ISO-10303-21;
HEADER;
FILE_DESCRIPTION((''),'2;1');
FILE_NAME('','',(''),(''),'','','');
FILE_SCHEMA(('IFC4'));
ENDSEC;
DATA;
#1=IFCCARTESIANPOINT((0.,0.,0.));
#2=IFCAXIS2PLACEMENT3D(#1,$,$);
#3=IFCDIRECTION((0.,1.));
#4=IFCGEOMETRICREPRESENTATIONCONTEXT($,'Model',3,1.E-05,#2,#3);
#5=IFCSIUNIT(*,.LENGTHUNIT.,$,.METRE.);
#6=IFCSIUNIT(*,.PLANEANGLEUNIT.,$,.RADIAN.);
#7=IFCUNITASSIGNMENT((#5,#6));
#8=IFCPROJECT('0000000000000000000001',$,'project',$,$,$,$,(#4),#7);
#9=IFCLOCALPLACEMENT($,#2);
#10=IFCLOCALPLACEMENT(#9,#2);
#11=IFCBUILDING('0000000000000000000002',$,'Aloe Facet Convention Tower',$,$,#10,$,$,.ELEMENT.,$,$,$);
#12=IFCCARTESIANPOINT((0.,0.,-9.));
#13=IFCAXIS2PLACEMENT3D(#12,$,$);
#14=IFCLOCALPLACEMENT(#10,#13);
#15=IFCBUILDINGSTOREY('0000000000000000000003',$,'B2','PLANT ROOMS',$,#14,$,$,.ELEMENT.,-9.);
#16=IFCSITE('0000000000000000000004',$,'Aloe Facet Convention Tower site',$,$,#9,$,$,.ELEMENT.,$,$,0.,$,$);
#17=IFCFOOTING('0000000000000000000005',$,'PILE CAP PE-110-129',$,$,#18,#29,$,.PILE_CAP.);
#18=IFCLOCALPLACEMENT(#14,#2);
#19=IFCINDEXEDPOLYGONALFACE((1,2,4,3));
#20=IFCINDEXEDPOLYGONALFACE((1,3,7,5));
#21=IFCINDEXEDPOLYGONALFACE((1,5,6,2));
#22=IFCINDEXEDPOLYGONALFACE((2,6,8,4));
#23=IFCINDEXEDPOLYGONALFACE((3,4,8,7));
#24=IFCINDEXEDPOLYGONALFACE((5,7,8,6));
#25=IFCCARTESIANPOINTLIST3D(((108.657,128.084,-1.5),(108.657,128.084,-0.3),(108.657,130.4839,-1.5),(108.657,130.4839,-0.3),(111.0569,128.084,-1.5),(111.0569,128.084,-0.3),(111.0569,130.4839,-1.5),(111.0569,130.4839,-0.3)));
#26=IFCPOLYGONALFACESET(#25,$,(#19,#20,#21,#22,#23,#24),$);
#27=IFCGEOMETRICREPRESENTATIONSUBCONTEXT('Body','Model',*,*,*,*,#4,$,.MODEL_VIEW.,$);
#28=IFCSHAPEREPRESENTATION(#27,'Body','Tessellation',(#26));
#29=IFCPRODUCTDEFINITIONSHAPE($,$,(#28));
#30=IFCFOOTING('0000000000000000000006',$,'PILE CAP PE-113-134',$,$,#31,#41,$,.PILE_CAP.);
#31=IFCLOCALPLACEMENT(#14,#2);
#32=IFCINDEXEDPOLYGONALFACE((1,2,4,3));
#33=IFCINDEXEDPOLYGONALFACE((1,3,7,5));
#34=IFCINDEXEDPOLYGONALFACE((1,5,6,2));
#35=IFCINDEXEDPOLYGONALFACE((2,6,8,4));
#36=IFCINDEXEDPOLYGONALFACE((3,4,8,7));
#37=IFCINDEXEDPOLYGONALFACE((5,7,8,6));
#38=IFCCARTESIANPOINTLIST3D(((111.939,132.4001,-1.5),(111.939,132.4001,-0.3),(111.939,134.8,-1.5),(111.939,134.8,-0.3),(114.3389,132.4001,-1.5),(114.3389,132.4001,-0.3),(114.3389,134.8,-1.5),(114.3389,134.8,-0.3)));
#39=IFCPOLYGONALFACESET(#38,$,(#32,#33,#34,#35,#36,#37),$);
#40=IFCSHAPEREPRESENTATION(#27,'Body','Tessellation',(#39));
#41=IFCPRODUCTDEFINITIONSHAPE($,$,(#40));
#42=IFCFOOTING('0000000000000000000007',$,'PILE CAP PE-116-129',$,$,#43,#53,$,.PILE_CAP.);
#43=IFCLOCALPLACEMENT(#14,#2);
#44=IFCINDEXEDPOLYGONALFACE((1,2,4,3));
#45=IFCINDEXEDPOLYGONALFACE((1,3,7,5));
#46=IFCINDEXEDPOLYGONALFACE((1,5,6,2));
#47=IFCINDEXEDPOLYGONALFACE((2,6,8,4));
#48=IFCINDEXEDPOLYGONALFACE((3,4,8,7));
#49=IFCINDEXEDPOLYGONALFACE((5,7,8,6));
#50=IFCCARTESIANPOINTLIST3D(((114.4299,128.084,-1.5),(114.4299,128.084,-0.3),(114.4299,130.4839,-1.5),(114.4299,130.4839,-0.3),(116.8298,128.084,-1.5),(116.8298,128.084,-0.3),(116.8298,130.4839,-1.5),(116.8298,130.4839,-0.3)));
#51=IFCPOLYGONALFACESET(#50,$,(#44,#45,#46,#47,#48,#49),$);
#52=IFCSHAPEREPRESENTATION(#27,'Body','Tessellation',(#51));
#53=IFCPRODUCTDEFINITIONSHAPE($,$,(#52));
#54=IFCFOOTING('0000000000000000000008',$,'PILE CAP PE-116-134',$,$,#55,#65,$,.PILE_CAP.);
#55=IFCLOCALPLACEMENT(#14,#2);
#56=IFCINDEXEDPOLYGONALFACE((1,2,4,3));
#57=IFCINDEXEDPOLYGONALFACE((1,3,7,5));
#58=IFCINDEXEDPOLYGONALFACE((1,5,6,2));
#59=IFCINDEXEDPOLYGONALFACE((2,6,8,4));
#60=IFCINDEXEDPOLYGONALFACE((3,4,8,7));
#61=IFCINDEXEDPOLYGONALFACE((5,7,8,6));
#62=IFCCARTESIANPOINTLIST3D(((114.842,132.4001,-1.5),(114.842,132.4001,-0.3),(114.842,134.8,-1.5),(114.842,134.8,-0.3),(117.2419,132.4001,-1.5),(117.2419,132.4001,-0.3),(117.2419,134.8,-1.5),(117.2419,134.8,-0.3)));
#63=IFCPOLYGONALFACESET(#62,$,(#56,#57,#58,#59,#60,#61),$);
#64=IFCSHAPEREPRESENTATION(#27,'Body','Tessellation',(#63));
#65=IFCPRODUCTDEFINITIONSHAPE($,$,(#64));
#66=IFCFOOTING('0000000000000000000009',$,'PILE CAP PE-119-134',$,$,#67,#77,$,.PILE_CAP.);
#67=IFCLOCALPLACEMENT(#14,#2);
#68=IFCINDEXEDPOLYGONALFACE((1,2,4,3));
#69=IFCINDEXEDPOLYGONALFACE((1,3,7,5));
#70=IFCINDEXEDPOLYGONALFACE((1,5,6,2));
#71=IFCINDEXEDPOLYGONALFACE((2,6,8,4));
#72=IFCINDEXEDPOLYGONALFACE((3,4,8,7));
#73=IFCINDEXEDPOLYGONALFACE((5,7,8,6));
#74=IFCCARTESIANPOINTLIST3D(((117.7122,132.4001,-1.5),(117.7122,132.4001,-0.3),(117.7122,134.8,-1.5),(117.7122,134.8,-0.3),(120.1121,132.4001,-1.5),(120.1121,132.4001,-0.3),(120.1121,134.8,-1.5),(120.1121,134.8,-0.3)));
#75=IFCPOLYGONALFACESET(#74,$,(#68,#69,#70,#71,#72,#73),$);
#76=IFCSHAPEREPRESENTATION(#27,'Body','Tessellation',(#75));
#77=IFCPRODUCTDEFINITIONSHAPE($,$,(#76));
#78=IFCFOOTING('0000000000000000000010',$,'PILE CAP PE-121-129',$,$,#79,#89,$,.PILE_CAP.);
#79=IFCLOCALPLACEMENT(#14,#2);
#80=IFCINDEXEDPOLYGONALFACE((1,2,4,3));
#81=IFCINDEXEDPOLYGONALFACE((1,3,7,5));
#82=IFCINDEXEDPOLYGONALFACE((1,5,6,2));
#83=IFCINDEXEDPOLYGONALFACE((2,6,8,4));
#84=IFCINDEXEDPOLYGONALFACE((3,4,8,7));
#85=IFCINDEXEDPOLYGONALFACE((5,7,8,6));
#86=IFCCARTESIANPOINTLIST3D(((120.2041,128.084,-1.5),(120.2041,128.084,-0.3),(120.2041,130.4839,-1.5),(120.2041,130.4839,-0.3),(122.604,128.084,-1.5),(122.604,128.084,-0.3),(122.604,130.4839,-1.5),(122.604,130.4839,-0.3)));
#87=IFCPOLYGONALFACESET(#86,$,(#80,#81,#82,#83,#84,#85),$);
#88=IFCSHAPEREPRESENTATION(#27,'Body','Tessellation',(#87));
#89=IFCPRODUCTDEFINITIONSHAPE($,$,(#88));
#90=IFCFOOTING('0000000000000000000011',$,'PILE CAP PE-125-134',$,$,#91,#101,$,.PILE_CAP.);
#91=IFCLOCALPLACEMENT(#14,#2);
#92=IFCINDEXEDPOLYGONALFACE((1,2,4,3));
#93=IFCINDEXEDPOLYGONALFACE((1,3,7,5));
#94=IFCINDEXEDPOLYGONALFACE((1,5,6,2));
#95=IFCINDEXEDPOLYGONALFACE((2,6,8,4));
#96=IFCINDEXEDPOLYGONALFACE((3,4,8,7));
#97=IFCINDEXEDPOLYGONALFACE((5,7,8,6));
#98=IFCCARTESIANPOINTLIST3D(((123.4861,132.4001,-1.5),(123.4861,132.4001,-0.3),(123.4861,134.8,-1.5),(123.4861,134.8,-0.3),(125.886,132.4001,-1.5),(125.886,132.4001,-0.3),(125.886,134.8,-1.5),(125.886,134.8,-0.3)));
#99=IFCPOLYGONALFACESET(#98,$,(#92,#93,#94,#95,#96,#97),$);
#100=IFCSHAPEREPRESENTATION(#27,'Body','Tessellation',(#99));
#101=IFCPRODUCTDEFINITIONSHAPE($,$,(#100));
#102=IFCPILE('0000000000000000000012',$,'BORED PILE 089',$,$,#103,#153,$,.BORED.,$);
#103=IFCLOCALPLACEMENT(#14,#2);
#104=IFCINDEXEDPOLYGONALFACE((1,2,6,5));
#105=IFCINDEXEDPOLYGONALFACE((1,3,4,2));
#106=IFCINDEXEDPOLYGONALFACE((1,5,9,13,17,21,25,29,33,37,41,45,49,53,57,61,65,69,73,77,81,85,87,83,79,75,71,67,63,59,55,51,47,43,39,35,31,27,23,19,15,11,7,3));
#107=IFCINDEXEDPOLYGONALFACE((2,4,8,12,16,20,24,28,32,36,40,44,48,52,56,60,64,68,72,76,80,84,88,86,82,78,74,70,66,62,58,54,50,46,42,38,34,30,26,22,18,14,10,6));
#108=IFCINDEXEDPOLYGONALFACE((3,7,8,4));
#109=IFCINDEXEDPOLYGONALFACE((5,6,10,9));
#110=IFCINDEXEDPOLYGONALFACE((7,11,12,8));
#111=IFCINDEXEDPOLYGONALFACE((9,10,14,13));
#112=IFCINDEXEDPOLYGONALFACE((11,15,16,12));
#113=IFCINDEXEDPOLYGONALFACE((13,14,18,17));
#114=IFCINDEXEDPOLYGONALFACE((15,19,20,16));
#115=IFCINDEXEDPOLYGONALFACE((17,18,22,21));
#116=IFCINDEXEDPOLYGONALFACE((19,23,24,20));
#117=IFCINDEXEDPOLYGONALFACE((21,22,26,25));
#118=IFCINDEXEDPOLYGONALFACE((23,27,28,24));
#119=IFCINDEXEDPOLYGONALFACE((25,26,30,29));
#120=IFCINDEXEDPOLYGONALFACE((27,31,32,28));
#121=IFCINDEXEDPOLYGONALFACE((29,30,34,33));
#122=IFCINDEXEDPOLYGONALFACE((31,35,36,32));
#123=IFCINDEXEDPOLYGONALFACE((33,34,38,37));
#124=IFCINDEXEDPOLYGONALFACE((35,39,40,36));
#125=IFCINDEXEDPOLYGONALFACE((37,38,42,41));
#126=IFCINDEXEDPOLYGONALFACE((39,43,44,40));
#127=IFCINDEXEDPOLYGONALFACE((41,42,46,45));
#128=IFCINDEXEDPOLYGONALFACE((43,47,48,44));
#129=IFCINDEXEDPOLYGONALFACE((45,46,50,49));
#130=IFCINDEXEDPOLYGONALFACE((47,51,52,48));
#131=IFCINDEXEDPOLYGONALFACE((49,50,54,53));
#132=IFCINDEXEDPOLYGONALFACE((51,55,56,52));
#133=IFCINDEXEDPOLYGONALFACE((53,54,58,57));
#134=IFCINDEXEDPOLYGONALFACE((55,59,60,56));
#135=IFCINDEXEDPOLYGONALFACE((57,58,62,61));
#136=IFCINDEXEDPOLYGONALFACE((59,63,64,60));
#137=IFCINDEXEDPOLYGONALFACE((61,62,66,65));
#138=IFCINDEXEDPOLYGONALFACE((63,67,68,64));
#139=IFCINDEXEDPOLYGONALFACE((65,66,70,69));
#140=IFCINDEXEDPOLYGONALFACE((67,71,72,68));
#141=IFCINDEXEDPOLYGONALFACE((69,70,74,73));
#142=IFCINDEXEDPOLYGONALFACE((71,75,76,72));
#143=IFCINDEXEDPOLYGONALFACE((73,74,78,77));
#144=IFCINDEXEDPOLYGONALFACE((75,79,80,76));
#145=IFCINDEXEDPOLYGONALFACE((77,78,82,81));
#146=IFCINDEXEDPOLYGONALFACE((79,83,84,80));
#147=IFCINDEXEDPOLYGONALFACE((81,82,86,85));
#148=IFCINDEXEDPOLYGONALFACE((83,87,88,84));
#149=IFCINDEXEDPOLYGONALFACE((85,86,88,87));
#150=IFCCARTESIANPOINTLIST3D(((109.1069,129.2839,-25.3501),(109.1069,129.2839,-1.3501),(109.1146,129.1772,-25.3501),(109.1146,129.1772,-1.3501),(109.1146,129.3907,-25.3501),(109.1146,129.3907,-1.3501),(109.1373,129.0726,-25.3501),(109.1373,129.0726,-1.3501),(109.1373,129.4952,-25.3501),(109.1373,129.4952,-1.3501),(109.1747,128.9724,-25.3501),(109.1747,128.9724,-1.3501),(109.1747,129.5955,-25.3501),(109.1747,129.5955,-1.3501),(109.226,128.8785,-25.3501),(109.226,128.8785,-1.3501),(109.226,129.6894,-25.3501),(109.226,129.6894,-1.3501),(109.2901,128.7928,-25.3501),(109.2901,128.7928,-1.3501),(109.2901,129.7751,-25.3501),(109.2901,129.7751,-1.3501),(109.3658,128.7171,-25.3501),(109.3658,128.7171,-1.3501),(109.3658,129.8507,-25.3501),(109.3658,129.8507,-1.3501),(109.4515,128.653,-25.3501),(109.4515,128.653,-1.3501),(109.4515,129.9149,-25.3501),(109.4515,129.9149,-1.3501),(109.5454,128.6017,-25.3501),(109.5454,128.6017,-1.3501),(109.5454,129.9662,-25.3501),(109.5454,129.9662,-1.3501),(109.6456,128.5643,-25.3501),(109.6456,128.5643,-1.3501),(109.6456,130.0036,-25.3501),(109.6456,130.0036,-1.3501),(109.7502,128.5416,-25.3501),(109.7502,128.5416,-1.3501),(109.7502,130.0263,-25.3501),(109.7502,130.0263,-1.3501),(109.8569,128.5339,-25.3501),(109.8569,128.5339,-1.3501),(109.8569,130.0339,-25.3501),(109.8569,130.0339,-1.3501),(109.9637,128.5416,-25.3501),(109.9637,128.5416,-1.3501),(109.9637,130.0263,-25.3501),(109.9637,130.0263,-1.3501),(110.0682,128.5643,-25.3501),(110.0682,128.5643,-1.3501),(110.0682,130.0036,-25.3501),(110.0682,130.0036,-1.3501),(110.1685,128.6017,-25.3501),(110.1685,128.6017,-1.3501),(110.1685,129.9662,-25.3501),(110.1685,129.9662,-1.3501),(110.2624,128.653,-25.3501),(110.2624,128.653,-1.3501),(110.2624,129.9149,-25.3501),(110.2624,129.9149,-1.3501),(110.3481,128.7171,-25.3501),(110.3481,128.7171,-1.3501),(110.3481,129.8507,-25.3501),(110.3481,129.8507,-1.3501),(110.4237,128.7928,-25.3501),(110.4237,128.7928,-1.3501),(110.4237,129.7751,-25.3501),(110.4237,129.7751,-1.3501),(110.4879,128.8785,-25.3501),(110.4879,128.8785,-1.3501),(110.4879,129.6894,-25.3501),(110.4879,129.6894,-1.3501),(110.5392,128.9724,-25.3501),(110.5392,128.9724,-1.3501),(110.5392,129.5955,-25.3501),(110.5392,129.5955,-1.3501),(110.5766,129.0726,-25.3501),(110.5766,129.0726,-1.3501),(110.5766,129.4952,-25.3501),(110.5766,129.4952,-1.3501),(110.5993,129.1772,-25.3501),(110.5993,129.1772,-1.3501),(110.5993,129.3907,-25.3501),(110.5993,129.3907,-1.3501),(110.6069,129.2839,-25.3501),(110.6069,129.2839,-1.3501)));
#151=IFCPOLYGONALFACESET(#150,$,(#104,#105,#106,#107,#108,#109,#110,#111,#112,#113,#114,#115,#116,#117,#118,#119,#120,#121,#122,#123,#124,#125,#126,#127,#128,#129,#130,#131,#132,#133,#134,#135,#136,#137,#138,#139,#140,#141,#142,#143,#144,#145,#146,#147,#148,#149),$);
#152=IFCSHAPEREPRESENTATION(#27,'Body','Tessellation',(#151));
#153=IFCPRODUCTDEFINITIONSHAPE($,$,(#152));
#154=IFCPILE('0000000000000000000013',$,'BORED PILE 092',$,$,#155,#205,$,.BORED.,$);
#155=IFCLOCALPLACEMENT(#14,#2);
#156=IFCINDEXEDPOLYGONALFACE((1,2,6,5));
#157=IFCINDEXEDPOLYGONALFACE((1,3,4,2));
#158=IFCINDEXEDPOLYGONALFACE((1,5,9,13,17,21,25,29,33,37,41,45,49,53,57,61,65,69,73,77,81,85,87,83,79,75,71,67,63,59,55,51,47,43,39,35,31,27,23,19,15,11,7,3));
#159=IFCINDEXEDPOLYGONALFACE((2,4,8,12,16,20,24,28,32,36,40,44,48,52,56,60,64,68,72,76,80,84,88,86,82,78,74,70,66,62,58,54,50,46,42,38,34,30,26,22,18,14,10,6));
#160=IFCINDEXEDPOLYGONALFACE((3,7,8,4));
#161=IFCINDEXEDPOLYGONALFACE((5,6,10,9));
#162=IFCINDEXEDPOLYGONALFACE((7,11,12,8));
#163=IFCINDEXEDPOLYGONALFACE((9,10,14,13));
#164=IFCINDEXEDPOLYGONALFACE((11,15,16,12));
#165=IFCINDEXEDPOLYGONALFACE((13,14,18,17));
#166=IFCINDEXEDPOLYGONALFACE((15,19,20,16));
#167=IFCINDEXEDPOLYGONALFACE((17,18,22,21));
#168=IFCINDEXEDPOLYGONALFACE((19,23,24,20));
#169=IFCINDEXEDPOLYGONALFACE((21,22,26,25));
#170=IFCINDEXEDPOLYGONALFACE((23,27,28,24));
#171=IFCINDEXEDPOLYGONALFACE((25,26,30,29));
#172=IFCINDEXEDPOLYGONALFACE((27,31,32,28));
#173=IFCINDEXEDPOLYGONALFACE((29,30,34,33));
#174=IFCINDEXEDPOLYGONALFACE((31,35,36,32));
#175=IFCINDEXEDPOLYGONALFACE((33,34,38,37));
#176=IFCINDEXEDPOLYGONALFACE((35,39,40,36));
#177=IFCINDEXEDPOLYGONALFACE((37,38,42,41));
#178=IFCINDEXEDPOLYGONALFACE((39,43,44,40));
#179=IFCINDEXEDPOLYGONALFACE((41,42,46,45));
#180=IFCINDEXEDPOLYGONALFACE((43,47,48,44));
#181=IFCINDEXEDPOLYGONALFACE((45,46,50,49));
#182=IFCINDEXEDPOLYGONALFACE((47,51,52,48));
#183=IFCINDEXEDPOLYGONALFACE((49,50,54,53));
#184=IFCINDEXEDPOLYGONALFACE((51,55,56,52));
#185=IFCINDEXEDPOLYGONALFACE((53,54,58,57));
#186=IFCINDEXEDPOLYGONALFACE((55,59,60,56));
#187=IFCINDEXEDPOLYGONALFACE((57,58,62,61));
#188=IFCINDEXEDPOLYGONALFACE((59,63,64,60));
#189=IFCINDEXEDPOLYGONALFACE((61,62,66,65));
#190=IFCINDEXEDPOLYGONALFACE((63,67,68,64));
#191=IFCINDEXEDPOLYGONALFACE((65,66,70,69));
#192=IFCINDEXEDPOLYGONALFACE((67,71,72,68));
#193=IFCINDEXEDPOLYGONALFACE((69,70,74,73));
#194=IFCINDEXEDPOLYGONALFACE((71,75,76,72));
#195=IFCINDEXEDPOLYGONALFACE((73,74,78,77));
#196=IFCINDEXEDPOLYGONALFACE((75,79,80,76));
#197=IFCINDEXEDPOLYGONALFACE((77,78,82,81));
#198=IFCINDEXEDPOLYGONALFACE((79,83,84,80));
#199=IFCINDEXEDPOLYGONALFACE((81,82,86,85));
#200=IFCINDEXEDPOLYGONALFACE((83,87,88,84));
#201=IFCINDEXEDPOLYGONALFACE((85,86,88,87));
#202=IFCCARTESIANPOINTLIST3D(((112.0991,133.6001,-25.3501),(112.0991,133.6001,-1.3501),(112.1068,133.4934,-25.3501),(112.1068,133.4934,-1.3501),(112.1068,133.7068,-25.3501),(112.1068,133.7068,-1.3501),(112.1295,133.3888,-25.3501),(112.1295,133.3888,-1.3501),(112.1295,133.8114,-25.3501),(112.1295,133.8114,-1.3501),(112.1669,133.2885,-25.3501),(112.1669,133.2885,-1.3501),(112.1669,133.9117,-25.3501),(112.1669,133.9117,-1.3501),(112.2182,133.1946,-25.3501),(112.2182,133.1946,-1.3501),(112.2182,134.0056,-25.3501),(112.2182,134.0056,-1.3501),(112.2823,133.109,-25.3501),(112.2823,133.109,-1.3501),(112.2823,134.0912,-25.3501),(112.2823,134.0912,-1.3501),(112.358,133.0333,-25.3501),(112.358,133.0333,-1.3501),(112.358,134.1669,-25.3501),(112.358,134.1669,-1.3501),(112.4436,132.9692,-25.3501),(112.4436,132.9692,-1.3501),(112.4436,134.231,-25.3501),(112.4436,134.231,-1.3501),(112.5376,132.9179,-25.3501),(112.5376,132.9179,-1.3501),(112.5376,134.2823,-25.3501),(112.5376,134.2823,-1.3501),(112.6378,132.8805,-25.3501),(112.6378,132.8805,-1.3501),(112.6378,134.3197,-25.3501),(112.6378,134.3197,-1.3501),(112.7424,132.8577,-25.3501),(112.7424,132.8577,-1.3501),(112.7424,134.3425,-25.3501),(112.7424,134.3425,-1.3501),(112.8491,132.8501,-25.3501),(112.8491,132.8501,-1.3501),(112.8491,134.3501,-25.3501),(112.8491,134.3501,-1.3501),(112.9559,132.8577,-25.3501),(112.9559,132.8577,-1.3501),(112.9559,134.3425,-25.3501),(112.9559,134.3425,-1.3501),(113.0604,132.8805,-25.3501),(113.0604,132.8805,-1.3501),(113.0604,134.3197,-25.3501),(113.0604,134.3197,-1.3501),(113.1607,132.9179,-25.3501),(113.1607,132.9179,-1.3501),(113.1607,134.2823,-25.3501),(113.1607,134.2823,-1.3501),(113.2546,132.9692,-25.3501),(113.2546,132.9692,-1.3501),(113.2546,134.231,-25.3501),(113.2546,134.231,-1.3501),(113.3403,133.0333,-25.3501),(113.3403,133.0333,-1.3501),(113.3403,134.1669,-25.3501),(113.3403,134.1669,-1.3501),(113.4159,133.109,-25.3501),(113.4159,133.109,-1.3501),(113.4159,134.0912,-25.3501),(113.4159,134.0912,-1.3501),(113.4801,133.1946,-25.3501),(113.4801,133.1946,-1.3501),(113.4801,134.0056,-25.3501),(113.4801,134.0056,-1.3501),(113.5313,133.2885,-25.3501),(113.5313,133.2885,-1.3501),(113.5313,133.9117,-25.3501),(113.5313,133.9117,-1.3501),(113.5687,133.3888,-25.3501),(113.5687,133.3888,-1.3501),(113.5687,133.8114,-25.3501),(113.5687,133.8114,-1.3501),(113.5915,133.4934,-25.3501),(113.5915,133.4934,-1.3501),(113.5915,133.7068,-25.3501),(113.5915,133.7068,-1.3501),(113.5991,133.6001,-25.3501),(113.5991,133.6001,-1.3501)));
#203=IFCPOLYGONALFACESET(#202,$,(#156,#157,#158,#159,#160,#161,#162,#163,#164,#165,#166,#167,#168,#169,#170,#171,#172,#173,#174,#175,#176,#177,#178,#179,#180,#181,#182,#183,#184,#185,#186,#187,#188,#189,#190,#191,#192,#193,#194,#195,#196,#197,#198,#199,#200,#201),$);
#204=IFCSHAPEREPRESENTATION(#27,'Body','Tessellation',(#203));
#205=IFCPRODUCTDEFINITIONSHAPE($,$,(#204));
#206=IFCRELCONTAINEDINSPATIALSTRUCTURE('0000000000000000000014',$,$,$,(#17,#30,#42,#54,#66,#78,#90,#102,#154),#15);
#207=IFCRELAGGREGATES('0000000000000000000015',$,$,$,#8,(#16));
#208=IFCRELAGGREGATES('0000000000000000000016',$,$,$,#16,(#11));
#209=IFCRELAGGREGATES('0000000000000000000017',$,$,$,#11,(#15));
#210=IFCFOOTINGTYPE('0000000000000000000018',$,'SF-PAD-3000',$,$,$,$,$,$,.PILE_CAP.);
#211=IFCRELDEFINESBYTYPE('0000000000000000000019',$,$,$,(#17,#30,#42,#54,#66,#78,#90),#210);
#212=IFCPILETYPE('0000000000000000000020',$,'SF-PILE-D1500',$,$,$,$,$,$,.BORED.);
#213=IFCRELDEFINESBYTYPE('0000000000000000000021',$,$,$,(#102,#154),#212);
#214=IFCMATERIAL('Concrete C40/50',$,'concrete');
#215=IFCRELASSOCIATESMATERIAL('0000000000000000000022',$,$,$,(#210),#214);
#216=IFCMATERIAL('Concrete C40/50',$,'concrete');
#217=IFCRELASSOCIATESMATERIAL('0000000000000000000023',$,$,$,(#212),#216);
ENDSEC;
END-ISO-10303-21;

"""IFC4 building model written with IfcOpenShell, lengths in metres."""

from ifc_helpers import new_model, si_unit, direction, frame, origin, origin_2d, place, context, subcontext, project, spatial, rectangle, circle, extrude, material, material_profile, profile_set, type_object, element, save


model = new_model("IFC4")

# Units and contexts
model_context = context("Model", 3, precision=1e-05, world=origin(), true_north=direction((0.0, 1.0)))
body_context = subcontext(model_context, "Body", "Model", "MODEL_VIEW")
ifc_project = project(units=[si_unit("LENGTHUNIT", "METRE"), si_unit("PLANEANGLEUNIT", "RADIAN")], contexts=[model_context])

# Site, building, storey
site_placement = place(None, origin())
site = spatial("IfcSite", under=ifc_project, at=site_placement, Name="Aloe Facet Convention Tower site", CompositionType="ELEMENT", RefElevation=0.0)
building_placement = place(site_placement, origin())
building = spatial("IfcBuilding", under=site, at=building_placement, Name="Aloe Facet Convention Tower", CompositionType="ELEMENT")
storey_placement = place(building_placement, frame((0.0, 0.0, -9.0)))
storey = spatial("IfcBuildingStorey", under=building, at=storey_placement, Name="B2", Description="PLANT ROOMS", CompositionType="ELEMENT", Elevation=-9.0)

# Footings
ifc_material_1 = material(Name="Concrete C40/50", Category="concrete")
footing_type = type_object("IfcFootingType", Name="SF-PAD-3000", PredefinedType="PILE_CAP", material=ifc_material_1)
for number, where, z_axis, x_axis, name in (
    (1, (109.8569, 129.2839, -1.5), (0.0, 0.0, 1.0), (1.0, 0.0, 0.0), "PILE CAP PE-110-129"),
    (2, (113.1389, 133.6001, -1.5), (0.0, 0.0, 1.0), (1.0, 0.0, 0.0), "PILE CAP PE-113-134"),
    (3, (115.6299, 129.2839, -1.5), (0.0, 0.0, 1.0), (1.0, 0.0, 0.0), "PILE CAP PE-116-129"),
    (4, (116.042, 133.6001, -1.5), (0.0, 0.0, 1.0), (1.0, 0.0, 0.0), "PILE CAP PE-116-134"),
    (5, (118.9121, 133.6001, -1.5), (0.0, 0.0, 1.0), (1.0, 0.0, 0.0), "PILE CAP PE-119-134"),
    (6, (121.4041, 129.2839, -1.5), (0.0, 0.0, 1.0), (1.0, 0.0, 0.0), "PILE CAP PE-121-129"),
    (7, (124.686, 133.6001, -1.5), (0.0, 0.0, 1.0), (1.0, 0.0, 0.0), "PILE CAP PE-125-134"),
):
    element("IfcFooting", number, at=place(storey_placement, frame(where, z_axis=z_axis, x_axis=x_axis)), inside=storey, type_object=footing_type, Name=name, PredefinedType="PILE_CAP", context=body_context, shape_type="SweptSolid", body=[
        extrude(rectangle(XDim=2.3999, YDim=2.3999, at=origin_2d()), origin(), (0.0, 0.0, 1.0), 1.2),
    ])

# Piles
ifc_material_2 = material(Name="Concrete C40/50", Category="concrete")
ifc_material_profile_1 = material_profile(ifc_material_2, circle(Radius=0.75, at=origin_2d()), Name="D1500")
ifc_profile_set_1 = profile_set([ifc_material_profile_1], Name="Concrete C40/50")
pile_type = type_object("IfcPileType", Name="SF-PILE-D1500", PredefinedType="BORED", material=ifc_profile_set_1)
for number, where, z_axis, x_axis, name in (
    (8, (109.8569, 129.2839, -1.3501), (0.0, 0.0, -1.0), (1.0, 0.0, 0.0), "BORED PILE 089"),
    (9, (112.8491, 133.6001, -1.3501), (0.0, 0.0, -1.0), (1.0, 0.0, 0.0), "BORED PILE 092"),
):
    element("IfcPile", number, at=place(storey_placement, frame(where, z_axis=z_axis, x_axis=x_axis)), inside=storey, type_object=pile_type, Name=name, PredefinedType="BORED", context=body_context, shape_type="SweptSolid", body=[
        extrude(circle(Radius=0.75, at=origin_2d()), origin(), (0.0, 0.0, 1.0), 24.0),
    ])

save(model, "model.ifc")
